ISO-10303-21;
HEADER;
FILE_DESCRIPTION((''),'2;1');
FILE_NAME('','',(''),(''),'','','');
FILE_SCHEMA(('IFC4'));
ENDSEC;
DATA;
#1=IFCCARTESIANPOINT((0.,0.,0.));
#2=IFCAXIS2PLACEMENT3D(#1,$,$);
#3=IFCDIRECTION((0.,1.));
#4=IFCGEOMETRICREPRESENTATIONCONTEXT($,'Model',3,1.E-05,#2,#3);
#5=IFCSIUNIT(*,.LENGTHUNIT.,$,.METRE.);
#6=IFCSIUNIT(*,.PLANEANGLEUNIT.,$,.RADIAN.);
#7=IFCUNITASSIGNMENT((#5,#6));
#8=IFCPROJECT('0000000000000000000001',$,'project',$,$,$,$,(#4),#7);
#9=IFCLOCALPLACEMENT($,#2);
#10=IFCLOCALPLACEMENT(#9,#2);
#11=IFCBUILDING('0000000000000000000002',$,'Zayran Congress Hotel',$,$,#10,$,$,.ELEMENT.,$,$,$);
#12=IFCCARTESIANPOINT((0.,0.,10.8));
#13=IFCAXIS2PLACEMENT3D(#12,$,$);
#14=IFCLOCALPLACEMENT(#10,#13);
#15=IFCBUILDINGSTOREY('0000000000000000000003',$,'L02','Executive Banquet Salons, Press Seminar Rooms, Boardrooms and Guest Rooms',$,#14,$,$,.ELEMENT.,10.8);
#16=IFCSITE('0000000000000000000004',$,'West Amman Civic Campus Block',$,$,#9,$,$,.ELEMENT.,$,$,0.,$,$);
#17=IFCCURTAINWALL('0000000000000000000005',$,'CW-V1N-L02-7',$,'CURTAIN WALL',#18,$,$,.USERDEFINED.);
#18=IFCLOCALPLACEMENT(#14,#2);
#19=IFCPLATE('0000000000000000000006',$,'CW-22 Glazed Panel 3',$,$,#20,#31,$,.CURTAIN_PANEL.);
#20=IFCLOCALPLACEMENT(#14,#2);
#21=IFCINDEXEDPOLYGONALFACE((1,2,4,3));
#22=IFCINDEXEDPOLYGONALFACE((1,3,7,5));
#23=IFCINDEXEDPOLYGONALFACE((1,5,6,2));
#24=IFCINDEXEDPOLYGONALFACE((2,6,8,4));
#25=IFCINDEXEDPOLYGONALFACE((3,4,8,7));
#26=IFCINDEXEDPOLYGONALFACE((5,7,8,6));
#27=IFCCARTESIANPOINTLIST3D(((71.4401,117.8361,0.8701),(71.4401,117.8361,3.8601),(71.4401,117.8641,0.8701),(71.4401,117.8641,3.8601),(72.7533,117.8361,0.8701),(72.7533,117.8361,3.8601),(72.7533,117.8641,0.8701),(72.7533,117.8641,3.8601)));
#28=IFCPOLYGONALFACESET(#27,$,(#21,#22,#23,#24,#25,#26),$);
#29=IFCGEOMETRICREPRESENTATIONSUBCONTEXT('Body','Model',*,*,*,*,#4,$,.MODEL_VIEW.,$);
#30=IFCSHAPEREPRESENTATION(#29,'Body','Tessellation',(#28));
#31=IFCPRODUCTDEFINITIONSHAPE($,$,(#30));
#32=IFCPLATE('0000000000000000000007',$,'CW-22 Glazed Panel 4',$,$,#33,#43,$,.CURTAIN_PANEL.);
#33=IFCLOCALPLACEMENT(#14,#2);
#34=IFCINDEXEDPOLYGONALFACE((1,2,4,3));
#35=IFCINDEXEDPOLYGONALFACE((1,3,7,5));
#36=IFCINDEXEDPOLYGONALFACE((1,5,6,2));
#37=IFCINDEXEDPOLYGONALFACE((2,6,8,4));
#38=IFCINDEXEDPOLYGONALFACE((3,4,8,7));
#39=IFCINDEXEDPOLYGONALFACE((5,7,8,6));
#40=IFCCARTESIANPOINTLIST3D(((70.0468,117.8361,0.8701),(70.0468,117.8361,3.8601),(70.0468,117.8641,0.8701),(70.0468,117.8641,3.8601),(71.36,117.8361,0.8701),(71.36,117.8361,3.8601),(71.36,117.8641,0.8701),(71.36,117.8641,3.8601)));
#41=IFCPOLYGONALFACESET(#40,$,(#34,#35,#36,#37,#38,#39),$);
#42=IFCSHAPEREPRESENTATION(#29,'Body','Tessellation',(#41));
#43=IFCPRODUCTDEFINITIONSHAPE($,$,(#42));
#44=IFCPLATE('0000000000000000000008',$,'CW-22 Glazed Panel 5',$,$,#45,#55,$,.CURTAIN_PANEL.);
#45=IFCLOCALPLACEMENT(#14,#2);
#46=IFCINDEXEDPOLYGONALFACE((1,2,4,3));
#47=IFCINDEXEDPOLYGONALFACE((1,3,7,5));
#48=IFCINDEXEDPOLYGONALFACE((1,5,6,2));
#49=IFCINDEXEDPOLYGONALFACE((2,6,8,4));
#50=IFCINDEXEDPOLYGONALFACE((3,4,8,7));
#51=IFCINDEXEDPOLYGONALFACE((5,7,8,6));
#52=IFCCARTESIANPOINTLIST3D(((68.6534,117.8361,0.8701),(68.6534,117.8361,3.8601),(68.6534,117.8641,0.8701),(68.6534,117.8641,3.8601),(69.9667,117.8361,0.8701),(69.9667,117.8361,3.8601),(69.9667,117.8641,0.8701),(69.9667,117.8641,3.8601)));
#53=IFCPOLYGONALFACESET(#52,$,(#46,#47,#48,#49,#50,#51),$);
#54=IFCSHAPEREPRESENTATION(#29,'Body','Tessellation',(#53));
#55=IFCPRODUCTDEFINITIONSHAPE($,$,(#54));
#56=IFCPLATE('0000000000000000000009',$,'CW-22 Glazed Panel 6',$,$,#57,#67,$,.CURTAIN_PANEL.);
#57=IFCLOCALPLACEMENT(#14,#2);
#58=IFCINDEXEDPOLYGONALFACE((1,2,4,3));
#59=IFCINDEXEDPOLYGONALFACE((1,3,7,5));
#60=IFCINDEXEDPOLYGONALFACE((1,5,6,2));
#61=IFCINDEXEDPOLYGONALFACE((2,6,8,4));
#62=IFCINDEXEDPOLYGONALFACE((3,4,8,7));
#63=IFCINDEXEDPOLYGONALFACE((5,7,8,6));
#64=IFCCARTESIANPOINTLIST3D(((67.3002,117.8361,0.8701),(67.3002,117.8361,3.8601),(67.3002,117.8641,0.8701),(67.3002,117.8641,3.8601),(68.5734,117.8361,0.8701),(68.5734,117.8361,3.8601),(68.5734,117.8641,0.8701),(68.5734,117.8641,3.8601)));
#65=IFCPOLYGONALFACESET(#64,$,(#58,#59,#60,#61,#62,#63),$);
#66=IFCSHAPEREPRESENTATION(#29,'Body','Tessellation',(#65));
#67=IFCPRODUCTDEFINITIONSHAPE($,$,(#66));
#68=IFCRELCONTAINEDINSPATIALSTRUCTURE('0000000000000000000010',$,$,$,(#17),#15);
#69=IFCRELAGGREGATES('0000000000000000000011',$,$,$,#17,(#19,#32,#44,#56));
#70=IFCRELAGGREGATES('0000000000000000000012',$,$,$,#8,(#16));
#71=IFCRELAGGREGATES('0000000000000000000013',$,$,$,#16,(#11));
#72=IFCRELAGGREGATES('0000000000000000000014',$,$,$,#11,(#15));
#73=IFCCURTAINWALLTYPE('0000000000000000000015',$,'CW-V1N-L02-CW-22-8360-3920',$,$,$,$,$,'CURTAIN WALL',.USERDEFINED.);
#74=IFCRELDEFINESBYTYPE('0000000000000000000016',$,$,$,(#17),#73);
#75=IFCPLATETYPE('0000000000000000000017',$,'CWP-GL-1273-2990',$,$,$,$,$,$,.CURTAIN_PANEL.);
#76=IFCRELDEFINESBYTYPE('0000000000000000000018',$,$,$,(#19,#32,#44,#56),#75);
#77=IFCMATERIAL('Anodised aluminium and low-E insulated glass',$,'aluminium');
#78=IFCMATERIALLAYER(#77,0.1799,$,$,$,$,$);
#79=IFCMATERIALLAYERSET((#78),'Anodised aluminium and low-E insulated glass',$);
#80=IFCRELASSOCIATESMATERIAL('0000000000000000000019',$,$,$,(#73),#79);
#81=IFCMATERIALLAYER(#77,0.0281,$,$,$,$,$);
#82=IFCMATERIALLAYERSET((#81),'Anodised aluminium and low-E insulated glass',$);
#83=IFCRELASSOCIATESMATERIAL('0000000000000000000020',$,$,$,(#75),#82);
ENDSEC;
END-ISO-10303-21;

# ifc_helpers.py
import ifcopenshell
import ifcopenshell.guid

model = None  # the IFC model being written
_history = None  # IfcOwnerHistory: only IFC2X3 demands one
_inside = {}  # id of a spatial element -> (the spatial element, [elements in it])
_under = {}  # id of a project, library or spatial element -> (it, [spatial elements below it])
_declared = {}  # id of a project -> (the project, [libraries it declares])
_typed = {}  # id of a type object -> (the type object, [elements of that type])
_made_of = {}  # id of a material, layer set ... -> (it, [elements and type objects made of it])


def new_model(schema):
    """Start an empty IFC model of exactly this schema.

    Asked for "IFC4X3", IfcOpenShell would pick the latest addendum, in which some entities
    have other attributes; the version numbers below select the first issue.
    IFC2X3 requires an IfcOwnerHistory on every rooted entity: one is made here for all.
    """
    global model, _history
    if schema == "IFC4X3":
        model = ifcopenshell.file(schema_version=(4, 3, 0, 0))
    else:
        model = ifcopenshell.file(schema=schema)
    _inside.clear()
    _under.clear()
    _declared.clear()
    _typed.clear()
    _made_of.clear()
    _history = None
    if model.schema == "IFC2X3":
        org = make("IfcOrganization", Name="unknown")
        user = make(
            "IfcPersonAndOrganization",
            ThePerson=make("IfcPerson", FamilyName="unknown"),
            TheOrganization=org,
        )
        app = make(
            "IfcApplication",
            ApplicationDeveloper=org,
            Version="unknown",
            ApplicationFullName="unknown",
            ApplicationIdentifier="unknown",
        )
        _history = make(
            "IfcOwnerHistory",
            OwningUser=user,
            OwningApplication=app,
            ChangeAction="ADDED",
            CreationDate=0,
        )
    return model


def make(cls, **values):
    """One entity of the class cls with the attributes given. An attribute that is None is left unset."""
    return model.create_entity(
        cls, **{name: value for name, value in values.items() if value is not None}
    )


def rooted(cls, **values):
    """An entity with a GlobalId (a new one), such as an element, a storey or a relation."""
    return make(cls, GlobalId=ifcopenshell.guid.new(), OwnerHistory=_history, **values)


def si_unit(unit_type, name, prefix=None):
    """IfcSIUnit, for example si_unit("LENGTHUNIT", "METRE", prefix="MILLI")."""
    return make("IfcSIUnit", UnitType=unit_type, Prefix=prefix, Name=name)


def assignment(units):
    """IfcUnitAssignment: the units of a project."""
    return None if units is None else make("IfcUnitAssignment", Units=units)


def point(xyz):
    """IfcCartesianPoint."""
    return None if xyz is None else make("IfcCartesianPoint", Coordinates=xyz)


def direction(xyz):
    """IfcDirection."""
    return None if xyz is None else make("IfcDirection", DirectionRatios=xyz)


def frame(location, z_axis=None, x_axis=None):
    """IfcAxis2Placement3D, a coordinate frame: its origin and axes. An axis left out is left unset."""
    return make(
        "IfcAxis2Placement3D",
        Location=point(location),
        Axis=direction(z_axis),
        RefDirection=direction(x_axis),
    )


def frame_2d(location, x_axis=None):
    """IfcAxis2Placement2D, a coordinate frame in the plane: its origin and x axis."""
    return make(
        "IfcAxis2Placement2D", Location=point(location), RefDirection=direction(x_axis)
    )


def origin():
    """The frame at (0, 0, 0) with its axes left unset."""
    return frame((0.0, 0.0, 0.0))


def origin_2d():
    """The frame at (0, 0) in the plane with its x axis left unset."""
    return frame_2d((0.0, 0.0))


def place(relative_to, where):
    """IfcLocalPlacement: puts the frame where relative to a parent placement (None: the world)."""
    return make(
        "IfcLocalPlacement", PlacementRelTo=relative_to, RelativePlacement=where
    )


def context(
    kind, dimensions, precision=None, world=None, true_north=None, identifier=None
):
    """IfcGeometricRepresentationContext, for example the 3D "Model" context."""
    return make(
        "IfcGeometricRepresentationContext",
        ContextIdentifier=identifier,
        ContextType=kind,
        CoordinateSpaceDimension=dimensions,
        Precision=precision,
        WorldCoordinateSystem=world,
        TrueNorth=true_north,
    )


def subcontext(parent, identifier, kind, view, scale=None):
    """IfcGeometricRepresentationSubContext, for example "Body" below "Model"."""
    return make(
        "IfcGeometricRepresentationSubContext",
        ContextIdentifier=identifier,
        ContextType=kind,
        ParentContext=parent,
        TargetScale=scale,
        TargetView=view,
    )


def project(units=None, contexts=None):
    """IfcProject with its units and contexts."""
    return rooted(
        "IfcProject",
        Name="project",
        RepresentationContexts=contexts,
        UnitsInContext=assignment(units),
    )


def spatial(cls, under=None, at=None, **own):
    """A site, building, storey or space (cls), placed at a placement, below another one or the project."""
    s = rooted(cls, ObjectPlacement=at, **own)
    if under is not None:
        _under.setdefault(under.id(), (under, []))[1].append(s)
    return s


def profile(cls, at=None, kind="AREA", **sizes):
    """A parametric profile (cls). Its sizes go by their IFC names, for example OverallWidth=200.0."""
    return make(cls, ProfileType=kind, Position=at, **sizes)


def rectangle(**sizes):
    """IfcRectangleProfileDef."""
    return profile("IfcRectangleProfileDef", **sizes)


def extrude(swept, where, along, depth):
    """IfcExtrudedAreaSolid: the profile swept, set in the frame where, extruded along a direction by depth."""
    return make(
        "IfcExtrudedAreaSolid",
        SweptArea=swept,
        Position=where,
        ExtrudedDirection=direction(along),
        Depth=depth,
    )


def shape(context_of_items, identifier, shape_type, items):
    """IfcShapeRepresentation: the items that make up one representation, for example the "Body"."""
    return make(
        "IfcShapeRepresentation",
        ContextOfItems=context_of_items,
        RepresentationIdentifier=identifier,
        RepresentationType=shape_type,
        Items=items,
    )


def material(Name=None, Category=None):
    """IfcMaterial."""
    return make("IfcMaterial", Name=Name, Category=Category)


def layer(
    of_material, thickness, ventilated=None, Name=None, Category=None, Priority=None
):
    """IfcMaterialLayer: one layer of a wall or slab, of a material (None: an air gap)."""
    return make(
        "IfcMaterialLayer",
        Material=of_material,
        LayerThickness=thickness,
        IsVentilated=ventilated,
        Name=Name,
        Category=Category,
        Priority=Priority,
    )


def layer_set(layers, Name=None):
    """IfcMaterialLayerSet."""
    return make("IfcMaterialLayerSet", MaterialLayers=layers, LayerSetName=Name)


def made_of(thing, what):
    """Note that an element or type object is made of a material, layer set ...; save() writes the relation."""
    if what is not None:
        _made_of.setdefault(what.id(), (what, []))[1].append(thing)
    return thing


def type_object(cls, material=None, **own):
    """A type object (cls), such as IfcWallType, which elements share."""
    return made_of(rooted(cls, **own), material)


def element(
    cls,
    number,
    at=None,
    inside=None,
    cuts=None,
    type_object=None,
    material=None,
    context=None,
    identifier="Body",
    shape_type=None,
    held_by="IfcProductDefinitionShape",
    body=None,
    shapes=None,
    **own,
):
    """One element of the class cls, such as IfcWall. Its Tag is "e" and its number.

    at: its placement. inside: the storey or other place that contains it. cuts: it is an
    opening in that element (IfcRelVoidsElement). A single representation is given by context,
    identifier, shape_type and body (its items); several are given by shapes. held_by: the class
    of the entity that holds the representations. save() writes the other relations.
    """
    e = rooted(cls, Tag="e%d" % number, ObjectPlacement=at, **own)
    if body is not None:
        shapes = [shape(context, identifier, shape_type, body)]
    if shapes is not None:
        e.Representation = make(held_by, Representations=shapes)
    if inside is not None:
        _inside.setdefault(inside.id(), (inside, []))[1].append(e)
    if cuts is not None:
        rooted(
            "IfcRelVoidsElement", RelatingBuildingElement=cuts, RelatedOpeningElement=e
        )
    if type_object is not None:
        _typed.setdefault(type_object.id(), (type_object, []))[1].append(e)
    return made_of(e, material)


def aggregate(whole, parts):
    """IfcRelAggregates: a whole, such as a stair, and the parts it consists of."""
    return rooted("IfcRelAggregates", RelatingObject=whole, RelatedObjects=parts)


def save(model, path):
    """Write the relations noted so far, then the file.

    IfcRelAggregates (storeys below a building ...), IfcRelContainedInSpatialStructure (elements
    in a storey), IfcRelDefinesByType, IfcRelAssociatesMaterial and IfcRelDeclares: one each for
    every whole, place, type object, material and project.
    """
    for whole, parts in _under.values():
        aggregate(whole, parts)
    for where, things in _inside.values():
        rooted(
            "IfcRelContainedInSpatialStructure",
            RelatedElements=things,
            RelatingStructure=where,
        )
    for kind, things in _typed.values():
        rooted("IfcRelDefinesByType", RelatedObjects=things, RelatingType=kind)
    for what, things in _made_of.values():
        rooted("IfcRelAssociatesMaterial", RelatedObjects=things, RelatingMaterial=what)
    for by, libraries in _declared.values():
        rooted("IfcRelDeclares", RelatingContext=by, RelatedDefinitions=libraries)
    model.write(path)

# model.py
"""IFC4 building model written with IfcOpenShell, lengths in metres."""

from ifc_helpers import new_model, si_unit, direction, frame, origin, origin_2d, place, context, subcontext, project, spatial, rectangle, extrude, material, layer, layer_set, type_object, element, aggregate, save


model = new_model("IFC4")

# Units and contexts
model_context = context("Model", 3, precision=1e-05, world=origin(), true_north=direction((0.0, 1.0)))
body_context = subcontext(model_context, "Body", "Model", "MODEL_VIEW")
ifc_project = project(units=[si_unit("LENGTHUNIT", "METRE"), si_unit("PLANEANGLEUNIT", "RADIAN")], contexts=[model_context])

# Site, building, storey
site_placement = place(None, origin())
site = spatial("IfcSite", under=ifc_project, at=site_placement, Name="West Amman Civic Campus Block", CompositionType="ELEMENT", RefElevation=0.0)
building_placement = place(site_placement, origin())
building = spatial("IfcBuilding", under=site, at=building_placement, Name="Zayran Congress Hotel", CompositionType="ELEMENT")
storey_placement = place(building_placement, frame((0.0, 0.0, 10.8)))
storey = spatial("IfcBuildingStorey", under=building, at=storey_placement, Name="L02", Description="Executive Banquet Salons, Press Seminar Rooms, Boardrooms and Guest Rooms", CompositionType="ELEMENT", Elevation=10.8)

# Curtain wall, plates
ifc_material_1 = material(Name="Anodised aluminium and low-E insulated glass", Category="aluminium")
ifc_layer_1 = layer(ifc_material_1, 0.1799)
ifc_layer_set_1 = layer_set([ifc_layer_1], Name="Anodised aluminium and low-E insulated glass")
curtain_wall_type = type_object("IfcCurtainWallType", Name="CW-V1N-L02-CW-22-8360-3920", ElementType="CURTAIN WALL", PredefinedType="USERDEFINED", material=ifc_layer_set_1)
curtain_wall_placement = place(storey_placement, origin())
curtain_wall = element("IfcCurtainWall", 1, at=curtain_wall_placement, inside=storey, type_object=curtain_wall_type, Name="CW-V1N-L02-7", ObjectType="CURTAIN WALL", PredefinedType="USERDEFINED")
ifc_layer_2 = layer(ifc_material_1, 0.0281)
ifc_layer_set_2 = layer_set([ifc_layer_2], Name="Anodised aluminium and low-E insulated glass")
plate_type_1 = type_object("IfcPlateType", Name="CWP-GL-1273-2990", PredefinedType="CURTAIN_PANEL", material=ifc_layer_set_2)
plate_1_placement = place(storey_placement, frame((72.0967, 117.8501, 0.8701), z_axis=(0.0, 0.0, 1.0), x_axis=(1.0, 0.0, 0.0)))
plate_1 = element("IfcPlate", 2, at=plate_1_placement, type_object=plate_type_1, Name="CW-22 Glazed Panel 3", PredefinedType="CURTAIN_PANEL", context=body_context, shape_type="SweptSolid", body=[
    extrude(rectangle(XDim=1.3132, YDim=0.0281, at=origin_2d()), origin(), (0.0, 0.0, 1.0), 2.99),
])
plate_2_placement = place(storey_placement, frame((70.7034, 117.8501, 0.8701), z_axis=(0.0, 0.0, 1.0), x_axis=(1.0, 0.0, 0.0)))
plate_2 = element("IfcPlate", 3, at=plate_2_placement, type_object=plate_type_1, Name="CW-22 Glazed Panel 4", PredefinedType="CURTAIN_PANEL", context=body_context, shape_type="SweptSolid", body=[
    extrude(rectangle(XDim=1.3132, YDim=0.0281, at=origin_2d()), origin(), (0.0, 0.0, 1.0), 2.99),
])
plate_3_placement = place(storey_placement, frame((69.3101, 117.8501, 0.8701), z_axis=(0.0, 0.0, 1.0), x_axis=(1.0, 0.0, 0.0)))
plate_3 = element("IfcPlate", 4, at=plate_3_placement, type_object=plate_type_1, Name="CW-22 Glazed Panel 5", PredefinedType="CURTAIN_PANEL", context=body_context, shape_type="SweptSolid", body=[
    extrude(rectangle(XDim=1.3132, YDim=0.0281, at=origin_2d()), origin(), (0.0, 0.0, 1.0), 2.99),
])
plate_4_placement = place(storey_placement, frame((67.9368, 117.8501, 0.8701), z_axis=(0.0, 0.0, 1.0), x_axis=(1.0, 0.0, 0.0)))
plate_4 = element("IfcPlate", 5, at=plate_4_placement, type_object=plate_type_1, Name="CW-22 Glazed Panel 6", PredefinedType="CURTAIN_PANEL", context=body_context, shape_type="SweptSolid", body=[
    extrude(rectangle(XDim=1.2732, YDim=0.0281, at=origin_2d()), origin(), (0.0, 0.0, 1.0), 2.99),
])
aggregate(curtain_wall, [plate_1, plate_2, plate_3, plate_4])

save(model, "model.ifc")
